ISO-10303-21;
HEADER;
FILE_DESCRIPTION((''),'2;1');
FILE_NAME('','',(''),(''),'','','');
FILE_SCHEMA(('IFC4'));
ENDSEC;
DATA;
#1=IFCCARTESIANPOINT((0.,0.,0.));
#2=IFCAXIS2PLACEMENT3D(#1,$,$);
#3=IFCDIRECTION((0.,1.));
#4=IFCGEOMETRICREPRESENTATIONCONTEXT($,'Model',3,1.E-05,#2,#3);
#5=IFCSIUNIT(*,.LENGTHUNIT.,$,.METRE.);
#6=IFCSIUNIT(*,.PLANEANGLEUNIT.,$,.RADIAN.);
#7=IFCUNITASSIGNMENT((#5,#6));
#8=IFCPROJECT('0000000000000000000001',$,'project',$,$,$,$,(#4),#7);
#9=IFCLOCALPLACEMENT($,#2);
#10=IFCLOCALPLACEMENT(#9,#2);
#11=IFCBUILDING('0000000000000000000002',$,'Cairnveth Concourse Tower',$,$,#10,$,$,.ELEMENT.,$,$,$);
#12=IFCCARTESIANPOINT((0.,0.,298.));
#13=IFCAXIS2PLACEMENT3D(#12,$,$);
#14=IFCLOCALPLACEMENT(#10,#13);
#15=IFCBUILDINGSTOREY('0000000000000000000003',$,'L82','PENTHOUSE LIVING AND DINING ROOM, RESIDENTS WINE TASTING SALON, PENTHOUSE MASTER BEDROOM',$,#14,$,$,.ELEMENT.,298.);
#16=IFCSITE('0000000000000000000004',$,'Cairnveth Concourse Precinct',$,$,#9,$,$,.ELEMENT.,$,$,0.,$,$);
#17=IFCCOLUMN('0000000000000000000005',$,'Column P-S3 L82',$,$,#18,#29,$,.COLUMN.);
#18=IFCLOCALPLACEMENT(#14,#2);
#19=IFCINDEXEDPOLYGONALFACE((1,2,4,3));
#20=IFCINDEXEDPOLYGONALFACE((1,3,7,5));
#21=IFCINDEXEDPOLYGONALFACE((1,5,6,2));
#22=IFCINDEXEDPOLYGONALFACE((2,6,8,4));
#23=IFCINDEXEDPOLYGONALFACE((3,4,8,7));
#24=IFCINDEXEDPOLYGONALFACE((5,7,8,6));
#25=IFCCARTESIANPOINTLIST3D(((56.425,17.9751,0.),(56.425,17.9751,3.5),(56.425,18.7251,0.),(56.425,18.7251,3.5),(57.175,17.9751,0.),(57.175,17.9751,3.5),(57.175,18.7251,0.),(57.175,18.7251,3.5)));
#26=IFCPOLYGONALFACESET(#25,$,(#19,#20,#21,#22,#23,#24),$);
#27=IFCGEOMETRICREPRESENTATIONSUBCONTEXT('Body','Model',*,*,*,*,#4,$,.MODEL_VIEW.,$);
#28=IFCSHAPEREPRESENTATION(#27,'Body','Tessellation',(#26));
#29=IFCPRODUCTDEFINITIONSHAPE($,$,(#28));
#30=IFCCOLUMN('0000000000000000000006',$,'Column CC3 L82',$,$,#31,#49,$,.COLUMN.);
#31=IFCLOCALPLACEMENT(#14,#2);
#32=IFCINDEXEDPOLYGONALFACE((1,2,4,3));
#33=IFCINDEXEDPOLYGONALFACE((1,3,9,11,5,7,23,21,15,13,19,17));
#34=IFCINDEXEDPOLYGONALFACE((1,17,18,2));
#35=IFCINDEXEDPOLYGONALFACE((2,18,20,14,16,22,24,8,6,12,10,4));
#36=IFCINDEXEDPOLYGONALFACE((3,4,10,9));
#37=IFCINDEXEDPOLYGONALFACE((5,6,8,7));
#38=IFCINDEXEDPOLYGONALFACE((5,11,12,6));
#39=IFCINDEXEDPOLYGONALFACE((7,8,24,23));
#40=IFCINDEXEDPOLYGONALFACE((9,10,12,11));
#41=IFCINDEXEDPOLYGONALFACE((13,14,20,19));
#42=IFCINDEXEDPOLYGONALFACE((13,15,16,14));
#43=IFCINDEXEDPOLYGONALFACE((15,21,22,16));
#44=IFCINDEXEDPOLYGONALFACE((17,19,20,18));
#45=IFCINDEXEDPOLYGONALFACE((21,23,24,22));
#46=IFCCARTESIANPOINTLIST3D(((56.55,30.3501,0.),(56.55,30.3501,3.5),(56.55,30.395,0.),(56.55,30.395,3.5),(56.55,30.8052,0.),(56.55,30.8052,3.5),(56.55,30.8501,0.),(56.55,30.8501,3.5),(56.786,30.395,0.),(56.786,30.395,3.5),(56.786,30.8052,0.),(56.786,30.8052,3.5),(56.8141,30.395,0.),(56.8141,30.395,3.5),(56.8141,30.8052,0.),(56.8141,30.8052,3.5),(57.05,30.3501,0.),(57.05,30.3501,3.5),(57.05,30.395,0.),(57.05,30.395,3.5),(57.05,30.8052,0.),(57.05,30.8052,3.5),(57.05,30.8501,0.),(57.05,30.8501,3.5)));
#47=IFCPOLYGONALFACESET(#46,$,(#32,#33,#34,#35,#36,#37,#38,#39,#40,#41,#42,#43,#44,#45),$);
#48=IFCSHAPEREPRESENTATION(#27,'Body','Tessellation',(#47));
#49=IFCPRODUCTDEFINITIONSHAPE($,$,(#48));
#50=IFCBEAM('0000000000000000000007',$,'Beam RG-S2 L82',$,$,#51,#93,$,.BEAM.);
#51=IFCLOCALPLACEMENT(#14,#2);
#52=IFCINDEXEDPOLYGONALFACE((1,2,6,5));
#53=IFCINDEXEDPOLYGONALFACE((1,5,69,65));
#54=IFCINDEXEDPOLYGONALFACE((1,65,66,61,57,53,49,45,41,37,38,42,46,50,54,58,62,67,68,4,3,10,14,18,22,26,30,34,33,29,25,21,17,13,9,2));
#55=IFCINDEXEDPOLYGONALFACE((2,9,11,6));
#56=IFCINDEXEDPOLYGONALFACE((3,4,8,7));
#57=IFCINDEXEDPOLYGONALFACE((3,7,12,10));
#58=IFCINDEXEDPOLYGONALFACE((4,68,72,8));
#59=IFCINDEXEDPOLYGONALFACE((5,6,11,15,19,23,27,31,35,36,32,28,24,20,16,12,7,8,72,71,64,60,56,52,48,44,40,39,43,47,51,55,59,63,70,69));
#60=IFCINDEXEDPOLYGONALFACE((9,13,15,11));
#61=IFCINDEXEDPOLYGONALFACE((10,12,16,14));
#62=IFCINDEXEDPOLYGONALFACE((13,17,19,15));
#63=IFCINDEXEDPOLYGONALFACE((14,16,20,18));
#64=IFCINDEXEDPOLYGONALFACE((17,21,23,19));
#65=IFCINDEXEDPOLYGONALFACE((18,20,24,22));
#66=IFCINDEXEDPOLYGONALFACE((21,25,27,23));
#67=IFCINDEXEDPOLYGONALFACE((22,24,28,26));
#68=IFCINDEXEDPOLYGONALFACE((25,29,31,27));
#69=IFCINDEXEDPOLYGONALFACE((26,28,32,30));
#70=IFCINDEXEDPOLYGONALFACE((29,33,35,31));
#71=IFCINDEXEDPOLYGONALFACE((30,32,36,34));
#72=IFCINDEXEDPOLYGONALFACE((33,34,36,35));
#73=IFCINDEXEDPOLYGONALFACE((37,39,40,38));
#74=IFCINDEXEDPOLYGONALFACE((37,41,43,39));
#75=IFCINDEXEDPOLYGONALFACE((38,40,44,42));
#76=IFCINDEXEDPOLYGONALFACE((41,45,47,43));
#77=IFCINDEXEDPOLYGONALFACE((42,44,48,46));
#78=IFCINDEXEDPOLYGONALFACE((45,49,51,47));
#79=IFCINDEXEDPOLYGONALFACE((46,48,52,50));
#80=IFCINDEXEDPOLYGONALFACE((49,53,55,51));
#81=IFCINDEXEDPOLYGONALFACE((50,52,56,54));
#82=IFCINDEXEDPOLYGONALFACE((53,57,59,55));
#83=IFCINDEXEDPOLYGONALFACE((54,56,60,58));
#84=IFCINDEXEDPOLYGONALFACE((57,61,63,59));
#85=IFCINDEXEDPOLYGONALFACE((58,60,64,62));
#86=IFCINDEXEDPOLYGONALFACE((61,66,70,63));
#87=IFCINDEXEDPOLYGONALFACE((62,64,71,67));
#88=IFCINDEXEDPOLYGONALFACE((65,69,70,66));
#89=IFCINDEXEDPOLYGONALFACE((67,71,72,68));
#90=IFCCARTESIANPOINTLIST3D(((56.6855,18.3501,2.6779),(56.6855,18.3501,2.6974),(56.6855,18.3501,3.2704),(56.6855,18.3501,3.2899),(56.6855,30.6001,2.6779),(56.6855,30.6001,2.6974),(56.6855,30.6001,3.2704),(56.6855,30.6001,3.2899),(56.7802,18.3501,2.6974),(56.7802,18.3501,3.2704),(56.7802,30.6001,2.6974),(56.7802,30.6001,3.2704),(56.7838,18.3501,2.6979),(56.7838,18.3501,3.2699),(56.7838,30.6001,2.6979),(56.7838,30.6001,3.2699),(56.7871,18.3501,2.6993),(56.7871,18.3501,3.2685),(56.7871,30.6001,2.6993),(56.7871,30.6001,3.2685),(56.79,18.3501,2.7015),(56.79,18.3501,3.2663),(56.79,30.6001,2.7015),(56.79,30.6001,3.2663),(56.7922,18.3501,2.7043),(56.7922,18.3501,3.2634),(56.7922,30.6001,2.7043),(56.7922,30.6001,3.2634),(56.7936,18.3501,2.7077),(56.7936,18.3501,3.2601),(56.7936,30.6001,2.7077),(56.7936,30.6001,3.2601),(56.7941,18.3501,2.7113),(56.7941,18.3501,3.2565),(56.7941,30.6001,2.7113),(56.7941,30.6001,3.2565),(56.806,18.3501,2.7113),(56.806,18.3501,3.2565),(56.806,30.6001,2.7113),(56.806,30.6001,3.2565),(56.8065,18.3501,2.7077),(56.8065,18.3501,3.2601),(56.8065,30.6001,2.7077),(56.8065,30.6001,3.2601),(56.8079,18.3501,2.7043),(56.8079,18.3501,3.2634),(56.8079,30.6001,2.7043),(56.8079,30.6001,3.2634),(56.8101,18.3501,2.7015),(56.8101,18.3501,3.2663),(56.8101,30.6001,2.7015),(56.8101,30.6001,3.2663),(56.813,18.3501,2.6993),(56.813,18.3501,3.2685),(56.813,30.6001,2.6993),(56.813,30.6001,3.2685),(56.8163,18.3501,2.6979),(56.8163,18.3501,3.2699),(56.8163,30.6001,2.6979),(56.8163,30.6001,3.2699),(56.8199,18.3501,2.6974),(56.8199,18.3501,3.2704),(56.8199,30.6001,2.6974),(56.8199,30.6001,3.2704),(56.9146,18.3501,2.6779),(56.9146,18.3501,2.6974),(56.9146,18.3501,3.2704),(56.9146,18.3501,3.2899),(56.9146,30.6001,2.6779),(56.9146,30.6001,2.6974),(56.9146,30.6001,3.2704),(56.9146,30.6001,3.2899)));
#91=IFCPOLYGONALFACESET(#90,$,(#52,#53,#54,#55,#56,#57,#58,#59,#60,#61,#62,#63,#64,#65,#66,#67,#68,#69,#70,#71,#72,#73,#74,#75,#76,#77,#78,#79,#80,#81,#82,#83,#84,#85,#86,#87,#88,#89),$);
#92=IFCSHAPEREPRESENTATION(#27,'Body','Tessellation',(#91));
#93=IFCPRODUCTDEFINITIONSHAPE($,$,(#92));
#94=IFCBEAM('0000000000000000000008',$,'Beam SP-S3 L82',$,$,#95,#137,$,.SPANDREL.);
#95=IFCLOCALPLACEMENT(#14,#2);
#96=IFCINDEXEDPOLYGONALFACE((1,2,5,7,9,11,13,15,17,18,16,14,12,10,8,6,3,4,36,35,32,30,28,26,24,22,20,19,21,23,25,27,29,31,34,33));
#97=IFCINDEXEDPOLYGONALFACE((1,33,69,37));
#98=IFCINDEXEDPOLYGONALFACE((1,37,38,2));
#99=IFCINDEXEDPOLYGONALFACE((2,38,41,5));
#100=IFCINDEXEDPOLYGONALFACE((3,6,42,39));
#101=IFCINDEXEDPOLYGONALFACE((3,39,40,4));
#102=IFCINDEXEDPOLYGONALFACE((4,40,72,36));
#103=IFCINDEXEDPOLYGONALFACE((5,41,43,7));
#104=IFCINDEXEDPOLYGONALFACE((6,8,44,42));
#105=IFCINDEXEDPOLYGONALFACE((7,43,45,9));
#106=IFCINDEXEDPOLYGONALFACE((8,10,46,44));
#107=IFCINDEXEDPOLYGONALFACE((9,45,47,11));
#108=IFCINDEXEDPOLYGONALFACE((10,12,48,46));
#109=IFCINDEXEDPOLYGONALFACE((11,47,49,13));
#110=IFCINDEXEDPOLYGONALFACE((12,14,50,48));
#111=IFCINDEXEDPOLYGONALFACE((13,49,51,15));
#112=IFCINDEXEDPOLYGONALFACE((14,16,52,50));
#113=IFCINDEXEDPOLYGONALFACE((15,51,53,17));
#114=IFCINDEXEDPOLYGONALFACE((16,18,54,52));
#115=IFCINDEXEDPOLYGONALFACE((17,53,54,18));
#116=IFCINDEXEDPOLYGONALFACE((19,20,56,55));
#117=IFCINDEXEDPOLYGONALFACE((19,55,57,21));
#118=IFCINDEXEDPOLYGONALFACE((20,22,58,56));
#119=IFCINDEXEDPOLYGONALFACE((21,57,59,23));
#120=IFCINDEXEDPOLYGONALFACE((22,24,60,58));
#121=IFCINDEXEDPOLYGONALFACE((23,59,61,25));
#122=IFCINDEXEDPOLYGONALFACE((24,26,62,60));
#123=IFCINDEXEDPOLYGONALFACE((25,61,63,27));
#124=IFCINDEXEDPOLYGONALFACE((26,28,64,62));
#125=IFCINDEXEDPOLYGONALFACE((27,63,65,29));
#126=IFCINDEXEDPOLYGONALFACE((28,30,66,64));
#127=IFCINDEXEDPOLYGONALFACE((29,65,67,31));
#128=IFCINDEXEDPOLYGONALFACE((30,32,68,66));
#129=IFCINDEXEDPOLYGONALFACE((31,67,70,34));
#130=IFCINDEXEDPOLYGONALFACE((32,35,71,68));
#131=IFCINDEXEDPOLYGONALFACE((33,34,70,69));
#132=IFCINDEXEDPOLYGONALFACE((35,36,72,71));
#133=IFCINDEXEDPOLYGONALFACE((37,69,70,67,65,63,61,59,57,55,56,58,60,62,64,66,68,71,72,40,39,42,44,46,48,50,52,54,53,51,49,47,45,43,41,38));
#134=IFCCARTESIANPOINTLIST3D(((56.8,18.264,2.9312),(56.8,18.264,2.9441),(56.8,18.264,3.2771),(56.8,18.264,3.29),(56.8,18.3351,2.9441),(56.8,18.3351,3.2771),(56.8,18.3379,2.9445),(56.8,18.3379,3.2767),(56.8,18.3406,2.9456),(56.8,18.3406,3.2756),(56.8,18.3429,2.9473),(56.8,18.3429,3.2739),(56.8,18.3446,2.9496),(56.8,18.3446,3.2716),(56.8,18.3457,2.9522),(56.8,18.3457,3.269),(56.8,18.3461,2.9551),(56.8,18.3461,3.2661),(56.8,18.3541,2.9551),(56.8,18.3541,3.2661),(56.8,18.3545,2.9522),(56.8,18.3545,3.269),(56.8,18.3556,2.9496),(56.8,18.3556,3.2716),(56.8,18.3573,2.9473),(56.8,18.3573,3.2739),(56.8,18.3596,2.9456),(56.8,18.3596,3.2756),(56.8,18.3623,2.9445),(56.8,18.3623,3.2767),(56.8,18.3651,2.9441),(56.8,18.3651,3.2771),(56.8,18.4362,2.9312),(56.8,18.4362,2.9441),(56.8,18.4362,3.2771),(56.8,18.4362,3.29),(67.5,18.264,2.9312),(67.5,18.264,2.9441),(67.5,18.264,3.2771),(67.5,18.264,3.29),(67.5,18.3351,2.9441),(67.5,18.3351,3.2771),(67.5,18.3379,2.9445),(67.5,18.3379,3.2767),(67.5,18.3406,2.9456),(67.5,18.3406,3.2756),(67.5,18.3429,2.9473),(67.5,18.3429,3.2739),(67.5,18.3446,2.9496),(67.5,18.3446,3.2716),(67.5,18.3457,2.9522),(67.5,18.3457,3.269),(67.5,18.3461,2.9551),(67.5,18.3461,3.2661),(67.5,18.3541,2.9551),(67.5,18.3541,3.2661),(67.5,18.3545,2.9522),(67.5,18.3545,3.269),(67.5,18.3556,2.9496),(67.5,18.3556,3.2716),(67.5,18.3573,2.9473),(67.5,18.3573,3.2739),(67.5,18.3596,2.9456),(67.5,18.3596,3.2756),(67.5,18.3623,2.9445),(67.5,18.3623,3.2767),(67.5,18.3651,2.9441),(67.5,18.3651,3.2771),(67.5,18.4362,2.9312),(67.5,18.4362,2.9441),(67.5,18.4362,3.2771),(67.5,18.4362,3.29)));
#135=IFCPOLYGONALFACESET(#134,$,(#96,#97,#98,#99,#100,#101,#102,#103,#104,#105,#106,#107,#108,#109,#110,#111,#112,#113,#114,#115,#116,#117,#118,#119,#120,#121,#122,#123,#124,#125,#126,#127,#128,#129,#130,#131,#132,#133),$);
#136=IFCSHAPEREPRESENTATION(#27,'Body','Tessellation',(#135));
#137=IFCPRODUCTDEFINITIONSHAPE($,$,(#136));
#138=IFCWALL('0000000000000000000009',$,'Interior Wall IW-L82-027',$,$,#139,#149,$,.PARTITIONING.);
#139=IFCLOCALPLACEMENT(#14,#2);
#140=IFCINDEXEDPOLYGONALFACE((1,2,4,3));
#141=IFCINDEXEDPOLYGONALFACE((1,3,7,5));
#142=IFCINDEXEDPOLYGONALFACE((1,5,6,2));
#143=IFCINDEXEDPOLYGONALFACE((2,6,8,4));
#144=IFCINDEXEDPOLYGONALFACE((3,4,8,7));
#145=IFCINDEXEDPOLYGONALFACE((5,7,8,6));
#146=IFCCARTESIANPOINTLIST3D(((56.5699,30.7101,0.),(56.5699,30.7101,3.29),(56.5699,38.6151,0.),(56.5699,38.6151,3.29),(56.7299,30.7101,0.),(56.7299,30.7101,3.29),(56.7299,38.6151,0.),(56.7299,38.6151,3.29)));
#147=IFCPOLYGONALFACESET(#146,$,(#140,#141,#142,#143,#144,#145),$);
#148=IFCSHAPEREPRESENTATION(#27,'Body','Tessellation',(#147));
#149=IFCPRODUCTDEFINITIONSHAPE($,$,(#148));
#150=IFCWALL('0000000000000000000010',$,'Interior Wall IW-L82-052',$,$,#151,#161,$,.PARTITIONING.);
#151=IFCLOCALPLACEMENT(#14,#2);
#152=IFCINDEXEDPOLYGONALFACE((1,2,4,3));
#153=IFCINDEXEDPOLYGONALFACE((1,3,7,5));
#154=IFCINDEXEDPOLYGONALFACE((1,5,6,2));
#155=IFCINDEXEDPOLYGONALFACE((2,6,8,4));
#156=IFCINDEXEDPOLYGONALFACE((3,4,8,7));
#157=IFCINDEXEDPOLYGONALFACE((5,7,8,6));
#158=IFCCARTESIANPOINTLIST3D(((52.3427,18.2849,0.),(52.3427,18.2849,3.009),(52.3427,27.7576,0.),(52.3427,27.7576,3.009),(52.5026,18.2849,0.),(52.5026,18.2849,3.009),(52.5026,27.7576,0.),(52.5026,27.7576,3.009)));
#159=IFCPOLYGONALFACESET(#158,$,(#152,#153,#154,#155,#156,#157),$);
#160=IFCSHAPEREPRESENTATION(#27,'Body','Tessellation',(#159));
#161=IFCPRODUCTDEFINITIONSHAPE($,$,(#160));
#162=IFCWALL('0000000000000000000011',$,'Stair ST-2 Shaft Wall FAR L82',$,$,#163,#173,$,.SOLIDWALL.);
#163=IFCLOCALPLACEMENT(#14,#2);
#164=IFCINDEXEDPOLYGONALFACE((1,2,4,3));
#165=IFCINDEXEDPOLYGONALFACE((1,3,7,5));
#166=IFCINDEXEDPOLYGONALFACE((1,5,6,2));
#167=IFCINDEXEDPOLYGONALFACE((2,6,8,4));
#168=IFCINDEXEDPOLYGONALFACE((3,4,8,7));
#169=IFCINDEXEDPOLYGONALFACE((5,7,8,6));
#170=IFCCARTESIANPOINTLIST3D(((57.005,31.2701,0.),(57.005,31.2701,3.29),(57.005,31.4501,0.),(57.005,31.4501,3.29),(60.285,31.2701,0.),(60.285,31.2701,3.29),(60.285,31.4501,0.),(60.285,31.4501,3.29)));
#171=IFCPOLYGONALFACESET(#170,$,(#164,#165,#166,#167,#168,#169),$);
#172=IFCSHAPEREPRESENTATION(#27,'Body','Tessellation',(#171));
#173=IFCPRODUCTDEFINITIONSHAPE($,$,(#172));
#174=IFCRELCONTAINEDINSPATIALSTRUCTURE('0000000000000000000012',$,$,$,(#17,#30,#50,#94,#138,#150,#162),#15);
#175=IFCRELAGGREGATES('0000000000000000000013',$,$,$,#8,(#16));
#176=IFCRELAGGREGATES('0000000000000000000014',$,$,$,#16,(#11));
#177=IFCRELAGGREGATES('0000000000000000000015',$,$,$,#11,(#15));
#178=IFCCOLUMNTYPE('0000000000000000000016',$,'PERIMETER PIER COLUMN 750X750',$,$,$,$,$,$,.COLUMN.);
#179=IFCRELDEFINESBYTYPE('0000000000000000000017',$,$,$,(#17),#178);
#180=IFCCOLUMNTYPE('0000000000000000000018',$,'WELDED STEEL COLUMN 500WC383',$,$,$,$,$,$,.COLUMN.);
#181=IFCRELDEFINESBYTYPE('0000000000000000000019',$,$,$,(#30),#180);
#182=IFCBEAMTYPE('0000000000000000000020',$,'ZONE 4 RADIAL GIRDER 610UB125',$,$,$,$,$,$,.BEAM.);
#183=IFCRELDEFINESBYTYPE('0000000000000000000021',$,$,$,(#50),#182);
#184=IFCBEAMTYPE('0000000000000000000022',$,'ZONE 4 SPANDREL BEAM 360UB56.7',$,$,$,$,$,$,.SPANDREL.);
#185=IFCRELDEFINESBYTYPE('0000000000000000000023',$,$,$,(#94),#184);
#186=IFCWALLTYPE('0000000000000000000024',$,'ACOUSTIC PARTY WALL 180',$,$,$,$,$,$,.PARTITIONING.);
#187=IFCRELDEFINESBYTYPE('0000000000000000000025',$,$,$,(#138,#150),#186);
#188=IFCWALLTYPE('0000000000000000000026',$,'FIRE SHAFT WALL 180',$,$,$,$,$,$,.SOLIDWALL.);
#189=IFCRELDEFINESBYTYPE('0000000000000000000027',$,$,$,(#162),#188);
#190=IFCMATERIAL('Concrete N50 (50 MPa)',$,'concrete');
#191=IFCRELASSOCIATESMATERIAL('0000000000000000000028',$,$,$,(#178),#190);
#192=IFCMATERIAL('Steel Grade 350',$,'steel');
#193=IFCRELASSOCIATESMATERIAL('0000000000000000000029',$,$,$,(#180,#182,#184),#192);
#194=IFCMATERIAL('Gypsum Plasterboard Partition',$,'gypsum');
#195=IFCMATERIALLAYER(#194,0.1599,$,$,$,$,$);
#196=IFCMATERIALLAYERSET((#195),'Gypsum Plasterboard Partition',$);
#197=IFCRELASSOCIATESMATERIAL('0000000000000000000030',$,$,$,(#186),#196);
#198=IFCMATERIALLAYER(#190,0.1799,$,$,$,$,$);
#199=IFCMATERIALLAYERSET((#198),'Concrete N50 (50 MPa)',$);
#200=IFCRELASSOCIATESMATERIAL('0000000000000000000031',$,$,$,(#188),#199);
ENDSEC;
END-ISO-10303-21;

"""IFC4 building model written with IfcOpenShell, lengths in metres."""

from ifc_helpers import new_model, si_unit, direction, frame, frame_2d, origin, origin_2d, place, context, subcontext, project, spatial, rectangle, i_section, extrude, material, layer, layer_set, material_profile, profile_set, type_object, element, save


model = new_model("IFC4")

# Units and contexts
model_context = context("Model", 3, precision=1e-05, world=origin(), true_north=direction((0.0, 1.0)))
body_context = subcontext(model_context, "Body", "Model", "MODEL_VIEW")
ifc_project = project(units=[si_unit("LENGTHUNIT", "METRE"), si_unit("PLANEANGLEUNIT", "RADIAN")], contexts=[model_context])

# Site, building, storey
site_placement = place(None, origin())
site = spatial("IfcSite", under=ifc_project, at=site_placement, Name="Cairnveth Concourse Precinct", CompositionType="ELEMENT", RefElevation=0.0)
building_placement = place(site_placement, origin())
building = spatial("IfcBuilding", under=site, at=building_placement, Name="Cairnveth Concourse Tower", CompositionType="ELEMENT")
storey_placement = place(building_placement, frame((0.0, 0.0, 298.0)))
storey = spatial("IfcBuildingStorey", under=building, at=storey_placement, Name="L82", Description="PENTHOUSE LIVING AND DINING ROOM, RESIDENTS WINE TASTING SALON, PENTHOUSE MASTER BEDROOM", CompositionType="ELEMENT", Elevation=298.0)

# Columns
ifc_material_1 = material(Name="Concrete N50 (50 MPa)", Category="concrete")
ifc_material_profile_1 = material_profile(ifc_material_1, rectangle(XDim=0.75, YDim=0.75, at=origin_2d()), Name="RC-COL-750x750")
ifc_profile_set_1 = profile_set([ifc_material_profile_1], Name="Concrete N50 (50 MPa)")
column_type_1 = type_object("IfcColumnType", Name="PERIMETER PIER COLUMN 750X750", PredefinedType="COLUMN", material=ifc_profile_set_1)
column_1_placement = place(storey_placement, frame((56.8, 18.3501, 0.0), z_axis=(0.0, 0.0, 1.0), x_axis=(1.0, 0.0, 0.0)))
element("IfcColumn", 1, at=column_1_placement, inside=storey, type_object=column_type_1, Name="Column P-S3 L82", PredefinedType="COLUMN", context=body_context, shape_type="SweptSolid", body=[
    extrude(rectangle(XDim=0.75, YDim=0.75, at=origin_2d()), origin(), (0.0, 0.0, 1.0), 3.5),
])
ifc_material_2 = material(Name="Steel Grade 350", Category="steel")
ifc_material_profile_2 = material_profile(ifc_material_2, i_section(OverallWidth=0.5, OverallDepth=0.5, WebThickness=0.0281, FlangeThickness=0.0449, at=origin_2d()), Name="500WC383")
ifc_profile_set_2 = profile_set([ifc_material_profile_2], Name="Steel Grade 350")
column_type_2 = type_object("IfcColumnType", Name="WELDED STEEL COLUMN 500WC383", PredefinedType="COLUMN", material=ifc_profile_set_2)
column_2_placement = place(storey_placement, frame((56.8, 30.6001, 0.0), z_axis=(0.0, 0.0, 1.0), x_axis=(1.0, 0.0, 0.0)))
element("IfcColumn", 2, at=column_2_placement, inside=storey, type_object=column_type_2, Name="Column CC3 L82", PredefinedType="COLUMN", context=body_context, shape_type="SweptSolid", body=[
    extrude(i_section(OverallWidth=0.5, OverallDepth=0.5, WebThickness=0.0281, FlangeThickness=0.0449, at=origin_2d()), origin(), (0.0, 0.0, 1.0), 3.5),
])

# Beams
ifc_material_profile_3 = material_profile(ifc_material_2, i_section(OverallWidth=0.229, OverallDepth=0.6121, WebThickness=0.012, FlangeThickness=0.0195, FilletRadius=0.0139, at=origin_2d()), Name="610UB125")
ifc_profile_set_3 = profile_set([ifc_material_profile_3], Name="Steel Grade 350")
beam_type_1 = type_object("IfcBeamType", Name="ZONE 4 RADIAL GIRDER 610UB125", PredefinedType="BEAM", material=ifc_profile_set_3)
beam_1_placement = place(storey_placement, frame((56.8, 18.3501, 2.9839), z_axis=(0.0, 1.0, 0.0), x_axis=(-1.0, 0.0, 0.0)))
element("IfcBeam", 3, at=beam_1_placement, inside=storey, type_object=beam_type_1, Name="Beam RG-S2 L82", PredefinedType="BEAM", context=body_context, shape_type="SweptSolid", body=[
    extrude(i_section(OverallWidth=0.229, OverallDepth=0.6121, WebThickness=0.012, FlangeThickness=0.0195, FilletRadius=0.0139, at=origin_2d()), origin(), (0.0, 0.0, 1.0), 12.25),
])
ifc_material_profile_4 = material_profile(ifc_material_2, i_section(OverallWidth=0.1721, OverallDepth=0.3589, WebThickness=0.0081, FlangeThickness=0.0129, FilletRadius=0.011, at=origin_2d()), Name="360UB56.7")
ifc_profile_set_4 = profile_set([ifc_material_profile_4], Name="Steel Grade 350")
beam_type_2 = type_object("IfcBeamType", Name="ZONE 4 SPANDREL BEAM 360UB56.7", PredefinedType="SPANDREL", material=ifc_profile_set_4)
beam_2_placement = place(storey_placement, frame((56.8, 18.3501, 3.1106), z_axis=(1.0, 0.0, 0.0), x_axis=(0.0, 1.0, 0.0)))
element("IfcBeam", 4, at=beam_2_placement, inside=storey, type_object=beam_type_2, Name="Beam SP-S3 L82", PredefinedType="SPANDREL", context=body_context, shape_type="SweptSolid", body=[
    extrude(i_section(OverallWidth=0.1721, OverallDepth=0.3589, WebThickness=0.0081, FlangeThickness=0.0129, FilletRadius=0.011, at=origin_2d()), origin(), (0.0, 0.0, 1.0), 10.7),
])

# Walls
ifc_material_3 = material(Name="Gypsum Plasterboard Partition", Category="gypsum")
ifc_layer_1 = layer(ifc_material_3, 0.1599)
ifc_layer_set_1 = layer_set([ifc_layer_1], Name="Gypsum Plasterboard Partition")
wall_type_1 = type_object("IfcWallType", Name="ACOUSTIC PARTY WALL 180", PredefinedType="PARTITIONING", material=ifc_layer_set_1)
wall_1_placement = place(storey_placement, frame((56.6499, 30.71, 0.0), z_axis=(0.0, 0.0, 1.0), x_axis=(0.0, 1.0, 0.0)))
element("IfcWall", 5, at=wall_1_placement, inside=storey, type_object=wall_type_1, Name="Interior Wall IW-L82-027", PredefinedType="PARTITIONING", context=body_context, shape_type="SweptSolid", body=[
    extrude(rectangle(XDim=7.905, YDim=0.1599, at=frame_2d((3.9526, 0.0))), origin(), (0.0, 0.0, 1.0), 3.29),
])
wall_2_placement = place(storey_placement, frame((52.4226, 18.2849, 0.0), z_axis=(0.0, 0.0, 1.0), x_axis=(0.0, 1.0, 0.0)))
element("IfcWall", 6, at=wall_2_placement, inside=storey, type_object=wall_type_1, Name="Interior Wall IW-L82-052", PredefinedType="PARTITIONING", context=body_context, shape_type="SweptSolid", body=[
    extrude(rectangle(XDim=9.4727, YDim=0.1599, at=frame_2d((4.7363, 0.0))), origin(), (0.0, 0.0, 1.0), 3.009),
])
ifc_layer_2 = layer(ifc_material_1, 0.1799)
ifc_layer_set_2 = layer_set([ifc_layer_2], Name="Concrete N50 (50 MPa)")
wall_type_2 = type_object("IfcWallType", Name="FIRE SHAFT WALL 180", PredefinedType="SOLIDWALL", material=ifc_layer_set_2)
wall_3_placement = place(storey_placement, frame((57.0049, 31.3601, 0.0), z_axis=(0.0, 0.0, 1.0), x_axis=(1.0, 0.0, 0.0)))
element("IfcWall", 7, at=wall_3_placement, inside=storey, type_object=wall_type_2, Name="Stair ST-2 Shaft Wall FAR L82", PredefinedType="SOLIDWALL", context=body_context, shape_type="SweptSolid", body=[
    extrude(rectangle(XDim=3.28, YDim=0.1799, at=frame_2d((1.6401, 0.0))), origin(), (0.0, 0.0, 1.0), 3.29),
])

save(model, "model.ifc")
